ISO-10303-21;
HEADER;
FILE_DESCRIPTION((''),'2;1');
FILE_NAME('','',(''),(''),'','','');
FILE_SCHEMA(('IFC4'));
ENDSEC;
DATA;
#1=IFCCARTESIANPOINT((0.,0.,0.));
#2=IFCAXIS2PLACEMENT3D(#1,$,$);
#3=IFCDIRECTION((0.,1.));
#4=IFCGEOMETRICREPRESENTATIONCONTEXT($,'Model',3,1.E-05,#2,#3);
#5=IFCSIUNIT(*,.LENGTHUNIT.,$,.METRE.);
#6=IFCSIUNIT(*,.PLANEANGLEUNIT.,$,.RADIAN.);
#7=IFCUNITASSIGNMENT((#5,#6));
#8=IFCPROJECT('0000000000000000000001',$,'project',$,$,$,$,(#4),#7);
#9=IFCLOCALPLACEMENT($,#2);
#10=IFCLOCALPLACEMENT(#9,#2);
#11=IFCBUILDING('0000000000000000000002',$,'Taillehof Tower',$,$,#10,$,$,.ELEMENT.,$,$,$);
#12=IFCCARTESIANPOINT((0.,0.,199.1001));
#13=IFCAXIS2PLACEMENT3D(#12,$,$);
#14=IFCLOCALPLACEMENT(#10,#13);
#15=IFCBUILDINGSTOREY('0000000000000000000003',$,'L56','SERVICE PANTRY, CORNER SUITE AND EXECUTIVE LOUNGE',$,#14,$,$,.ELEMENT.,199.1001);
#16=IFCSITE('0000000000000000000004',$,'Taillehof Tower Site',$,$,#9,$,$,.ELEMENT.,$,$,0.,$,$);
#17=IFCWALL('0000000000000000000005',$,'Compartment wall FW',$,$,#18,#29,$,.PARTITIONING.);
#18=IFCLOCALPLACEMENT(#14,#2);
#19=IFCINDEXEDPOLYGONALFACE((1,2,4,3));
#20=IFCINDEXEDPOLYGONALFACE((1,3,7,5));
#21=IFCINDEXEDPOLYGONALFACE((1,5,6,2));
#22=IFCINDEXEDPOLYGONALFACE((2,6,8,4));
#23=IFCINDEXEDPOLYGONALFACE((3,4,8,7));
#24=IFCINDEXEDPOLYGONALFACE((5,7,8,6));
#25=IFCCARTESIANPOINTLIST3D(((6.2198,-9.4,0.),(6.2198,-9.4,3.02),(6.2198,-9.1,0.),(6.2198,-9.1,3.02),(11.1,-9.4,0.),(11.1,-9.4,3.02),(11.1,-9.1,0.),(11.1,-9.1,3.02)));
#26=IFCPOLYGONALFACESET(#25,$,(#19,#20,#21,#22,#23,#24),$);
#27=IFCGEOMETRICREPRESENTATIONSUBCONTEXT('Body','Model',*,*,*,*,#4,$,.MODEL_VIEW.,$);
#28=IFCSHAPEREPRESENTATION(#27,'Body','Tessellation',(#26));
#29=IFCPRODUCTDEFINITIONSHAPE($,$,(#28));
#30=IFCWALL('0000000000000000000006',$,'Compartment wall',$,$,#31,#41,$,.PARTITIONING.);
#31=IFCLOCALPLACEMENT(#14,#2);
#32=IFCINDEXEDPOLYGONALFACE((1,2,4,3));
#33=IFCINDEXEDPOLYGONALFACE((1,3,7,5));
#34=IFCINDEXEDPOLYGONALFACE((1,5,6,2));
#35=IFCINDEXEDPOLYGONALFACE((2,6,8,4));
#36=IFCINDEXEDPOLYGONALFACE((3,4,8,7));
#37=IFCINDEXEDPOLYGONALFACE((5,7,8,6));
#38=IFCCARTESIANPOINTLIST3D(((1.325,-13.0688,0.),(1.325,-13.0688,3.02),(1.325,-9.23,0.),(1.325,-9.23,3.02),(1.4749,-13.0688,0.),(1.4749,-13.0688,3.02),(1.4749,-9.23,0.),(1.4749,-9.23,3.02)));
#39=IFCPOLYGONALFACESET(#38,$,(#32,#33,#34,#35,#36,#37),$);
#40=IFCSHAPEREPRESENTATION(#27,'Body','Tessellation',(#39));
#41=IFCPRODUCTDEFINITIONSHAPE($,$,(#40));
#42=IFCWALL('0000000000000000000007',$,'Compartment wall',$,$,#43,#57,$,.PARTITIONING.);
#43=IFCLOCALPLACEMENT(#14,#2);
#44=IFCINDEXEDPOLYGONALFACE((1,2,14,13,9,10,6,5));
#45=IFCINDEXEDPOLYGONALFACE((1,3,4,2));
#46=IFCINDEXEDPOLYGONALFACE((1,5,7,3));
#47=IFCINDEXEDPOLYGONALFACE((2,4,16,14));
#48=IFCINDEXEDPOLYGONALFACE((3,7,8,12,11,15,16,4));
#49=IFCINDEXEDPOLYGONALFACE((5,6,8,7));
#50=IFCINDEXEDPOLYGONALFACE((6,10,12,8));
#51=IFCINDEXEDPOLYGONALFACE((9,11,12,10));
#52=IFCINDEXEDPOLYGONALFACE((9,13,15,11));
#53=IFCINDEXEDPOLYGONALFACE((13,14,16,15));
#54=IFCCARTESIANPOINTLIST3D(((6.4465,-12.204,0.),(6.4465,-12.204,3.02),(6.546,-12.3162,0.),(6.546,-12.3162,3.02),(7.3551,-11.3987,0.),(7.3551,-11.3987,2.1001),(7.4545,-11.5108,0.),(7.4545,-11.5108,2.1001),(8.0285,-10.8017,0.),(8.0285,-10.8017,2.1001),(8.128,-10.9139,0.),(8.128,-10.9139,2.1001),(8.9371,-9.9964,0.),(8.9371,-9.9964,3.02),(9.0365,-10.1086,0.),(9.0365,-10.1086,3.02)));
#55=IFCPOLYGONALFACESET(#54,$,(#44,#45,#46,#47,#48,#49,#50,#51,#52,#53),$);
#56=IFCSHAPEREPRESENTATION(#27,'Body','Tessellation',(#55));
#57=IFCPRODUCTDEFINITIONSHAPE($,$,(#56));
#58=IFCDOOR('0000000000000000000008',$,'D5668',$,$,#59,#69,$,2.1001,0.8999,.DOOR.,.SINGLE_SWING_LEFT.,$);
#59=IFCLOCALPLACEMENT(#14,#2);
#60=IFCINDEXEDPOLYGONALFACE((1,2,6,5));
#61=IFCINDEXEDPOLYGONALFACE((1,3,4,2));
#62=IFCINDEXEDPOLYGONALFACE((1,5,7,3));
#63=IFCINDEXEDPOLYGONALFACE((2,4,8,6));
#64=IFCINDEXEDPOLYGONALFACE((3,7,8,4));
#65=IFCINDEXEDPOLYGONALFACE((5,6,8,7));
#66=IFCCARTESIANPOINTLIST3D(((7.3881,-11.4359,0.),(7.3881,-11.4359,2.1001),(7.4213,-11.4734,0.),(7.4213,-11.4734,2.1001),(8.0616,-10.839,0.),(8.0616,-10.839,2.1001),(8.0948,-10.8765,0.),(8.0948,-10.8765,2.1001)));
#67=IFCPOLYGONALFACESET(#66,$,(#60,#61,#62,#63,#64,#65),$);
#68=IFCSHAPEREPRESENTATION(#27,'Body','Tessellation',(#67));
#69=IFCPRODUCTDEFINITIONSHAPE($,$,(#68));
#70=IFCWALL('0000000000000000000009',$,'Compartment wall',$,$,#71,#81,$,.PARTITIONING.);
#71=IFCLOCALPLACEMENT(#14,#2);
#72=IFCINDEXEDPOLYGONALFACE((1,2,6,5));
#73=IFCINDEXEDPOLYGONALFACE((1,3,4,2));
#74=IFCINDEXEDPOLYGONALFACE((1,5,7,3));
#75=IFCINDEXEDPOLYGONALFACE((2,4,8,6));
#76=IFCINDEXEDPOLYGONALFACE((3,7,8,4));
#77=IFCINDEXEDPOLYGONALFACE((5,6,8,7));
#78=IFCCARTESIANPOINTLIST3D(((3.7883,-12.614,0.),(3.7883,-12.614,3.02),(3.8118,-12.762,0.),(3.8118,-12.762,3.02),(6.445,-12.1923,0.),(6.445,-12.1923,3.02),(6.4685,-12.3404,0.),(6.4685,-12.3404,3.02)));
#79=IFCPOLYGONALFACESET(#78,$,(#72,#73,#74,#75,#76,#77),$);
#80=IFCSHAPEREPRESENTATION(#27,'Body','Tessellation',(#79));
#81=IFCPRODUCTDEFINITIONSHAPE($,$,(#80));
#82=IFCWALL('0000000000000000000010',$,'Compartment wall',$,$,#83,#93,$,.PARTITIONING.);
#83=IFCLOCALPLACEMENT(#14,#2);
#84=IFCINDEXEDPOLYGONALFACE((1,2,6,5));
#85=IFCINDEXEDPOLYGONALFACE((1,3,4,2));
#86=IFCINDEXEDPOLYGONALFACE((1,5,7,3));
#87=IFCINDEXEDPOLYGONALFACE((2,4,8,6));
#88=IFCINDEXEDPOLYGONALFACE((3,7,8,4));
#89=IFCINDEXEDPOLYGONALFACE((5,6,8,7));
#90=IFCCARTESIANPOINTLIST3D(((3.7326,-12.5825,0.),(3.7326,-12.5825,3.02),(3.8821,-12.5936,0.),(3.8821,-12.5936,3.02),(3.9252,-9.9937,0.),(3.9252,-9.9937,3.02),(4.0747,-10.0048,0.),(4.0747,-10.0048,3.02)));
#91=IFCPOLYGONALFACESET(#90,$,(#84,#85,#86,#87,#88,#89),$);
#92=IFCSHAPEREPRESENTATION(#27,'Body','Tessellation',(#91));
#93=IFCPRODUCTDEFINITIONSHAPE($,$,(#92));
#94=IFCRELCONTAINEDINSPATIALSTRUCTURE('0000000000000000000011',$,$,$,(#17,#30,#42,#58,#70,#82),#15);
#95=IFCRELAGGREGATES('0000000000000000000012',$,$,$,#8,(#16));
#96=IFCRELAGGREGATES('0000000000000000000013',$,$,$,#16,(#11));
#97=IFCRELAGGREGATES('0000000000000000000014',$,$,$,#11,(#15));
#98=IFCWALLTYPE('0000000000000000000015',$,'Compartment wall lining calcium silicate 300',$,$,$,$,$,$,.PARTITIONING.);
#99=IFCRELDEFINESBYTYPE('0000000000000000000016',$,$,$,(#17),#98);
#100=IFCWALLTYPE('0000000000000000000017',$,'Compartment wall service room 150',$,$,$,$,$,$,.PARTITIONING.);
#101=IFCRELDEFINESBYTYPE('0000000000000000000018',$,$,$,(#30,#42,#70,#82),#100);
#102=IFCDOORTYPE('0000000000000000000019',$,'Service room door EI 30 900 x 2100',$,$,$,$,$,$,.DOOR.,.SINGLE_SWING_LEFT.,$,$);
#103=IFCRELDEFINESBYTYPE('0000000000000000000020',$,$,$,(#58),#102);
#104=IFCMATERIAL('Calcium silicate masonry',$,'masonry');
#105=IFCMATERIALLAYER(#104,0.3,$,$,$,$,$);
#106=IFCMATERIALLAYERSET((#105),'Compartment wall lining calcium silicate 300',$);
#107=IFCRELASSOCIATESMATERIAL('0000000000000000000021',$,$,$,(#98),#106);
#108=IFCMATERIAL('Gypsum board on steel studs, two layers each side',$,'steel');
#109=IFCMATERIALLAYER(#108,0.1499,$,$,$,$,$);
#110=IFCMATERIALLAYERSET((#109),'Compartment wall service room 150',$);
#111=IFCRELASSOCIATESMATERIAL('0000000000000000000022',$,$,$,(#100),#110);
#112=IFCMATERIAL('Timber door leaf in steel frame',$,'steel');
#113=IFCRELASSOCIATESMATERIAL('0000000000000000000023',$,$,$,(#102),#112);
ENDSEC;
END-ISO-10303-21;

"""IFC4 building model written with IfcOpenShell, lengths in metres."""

from ifc_helpers import new_model, si_unit, direction, frame, frame_2d, origin, place, context, subcontext, project, spatial, rectangle, extrude, material, layer, layer_set, type_object, element, fill, save


model = new_model("IFC4")

# Units and contexts
model_context = context("Model", 3, precision=1e-05, world=origin(), true_north=direction((0.0, 1.0)))
body_context = subcontext(model_context, "Body", "Model", "MODEL_VIEW")
ifc_project = project(units=[si_unit("LENGTHUNIT", "METRE"), si_unit("PLANEANGLEUNIT", "RADIAN")], contexts=[model_context])

# Site, building, storey
site_placement = place(None, origin())
site = spatial("IfcSite", under=ifc_project, at=site_placement, Name="Taillehof Tower Site", CompositionType="ELEMENT", RefElevation=0.0)
building_placement = place(site_placement, origin())
building = spatial("IfcBuilding", under=site, at=building_placement, Name="Taillehof Tower", CompositionType="ELEMENT")
storey_placement = place(building_placement, frame((0.0, 0.0, 199.1001)))
storey = spatial("IfcBuildingStorey", under=building, at=storey_placement, Name="L56", Description="SERVICE PANTRY, CORNER SUITE AND EXECUTIVE LOUNGE", CompositionType="ELEMENT", Elevation=199.1001)

# Walls
ifc_material_1 = material(Name="Calcium silicate masonry", Category="masonry")
ifc_layer_1 = layer(ifc_material_1, 0.3)
ifc_layer_set_1 = layer_set([ifc_layer_1], Name="Compartment wall lining calcium silicate 300")
wall_type_1 = type_object("IfcWallType", Name="Compartment wall lining calcium silicate 300", PredefinedType="PARTITIONING", material=ifc_layer_set_1)
wall_1_placement = place(storey_placement, frame((6.22, -9.25, 0.0), z_axis=(0.0, 0.0, 1.0), x_axis=(1.0, 0.0, 0.0)))
element("IfcWall", 1, at=wall_1_placement, inside=storey, type_object=wall_type_1, Name="Compartment wall FW", PredefinedType="PARTITIONING", context=body_context, shape_type="SweptSolid", body=[
    extrude(rectangle(XDim=4.8801, YDim=0.3, at=frame_2d((2.4399, 0.0))), origin(), (0.0, 0.0, 1.0), 3.02),
])
ifc_material_2 = material(Name="Gypsum board on steel studs, two layers each side", Category="steel")
ifc_layer_2 = layer(ifc_material_2, 0.1499)
ifc_layer_set_2 = layer_set([ifc_layer_2], Name="Compartment wall service room 150")
wall_type_2 = type_object("IfcWallType", Name="Compartment wall service room 150", PredefinedType="PARTITIONING", material=ifc_layer_set_2)
wall_2_placement = place(storey_placement, frame((1.3999, -9.23, 0.0), z_axis=(0.0, 0.0, 1.0), x_axis=(0.0, -1.0, 0.0)))
element("IfcWall", 2, at=wall_2_placement, inside=storey, type_object=wall_type_2, Name="Compartment wall", PredefinedType="PARTITIONING", context=body_context, shape_type="SweptSolid", body=[
    extrude(rectangle(XDim=3.8389, YDim=0.1499, at=frame_2d((1.9194, 0.0))), origin(), (0.0, 0.0, 1.0), 3.02),
])

# Wall, opening, door
wall_3_placement = place(storey_placement, frame((8.9868, -10.0525, 0.0), z_axis=(0.0, 0.0, 1.0), x_axis=(-0.748339, -0.663316, 0.0)))
wall_3 = element("IfcWall", 3, at=wall_3_placement, inside=storey, type_object=wall_type_2, Name="Compartment wall", PredefinedType="PARTITIONING", context=body_context, shape_type="SweptSolid", body=[
    extrude(rectangle(XDim=3.3281, YDim=0.1499, at=frame_2d((1.6641, 0.0))), origin(), (0.0, 0.0, 1.0), 3.02),
])
opening_1_placement = place(wall_3_placement, frame((1.2141, 0.0, 0.0)))
opening_1 = element("IfcOpeningElement", 4, at=opening_1_placement, cuts=wall_3, PredefinedType="OPENING", context=body_context, shape_type="SweptSolid", body=[
    extrude(rectangle(XDim=0.8999, YDim=2.1001, at=frame_2d((0.45, 1.05))), frame((0.0, 0.085, 0.0), z_axis=(0.0, -1.0, 0.0), x_axis=(1.0, 0.0, 0.0)), (0.0, 0.0, 1.0), 0.1699),
])
ifc_material_3 = material(Name="Timber door leaf in steel frame", Category="steel")
door_type_1 = type_object("IfcDoorType", Name="Service room door EI 30 900 x 2100", OperationType="SINGLE_SWING_LEFT", PredefinedType="DOOR", material=ifc_material_3)
door_1_placement = place(opening_1_placement, origin())
door_1 = element("IfcDoor", 5, at=door_1_placement, inside=storey, type_object=door_type_1, Name="D5668", OperationType="SINGLE_SWING_LEFT", OverallHeight=2.1001, OverallWidth=0.8999, PredefinedType="DOOR", context=body_context, shape_type="SweptSolid", body=[
    extrude(rectangle(XDim=0.8999, YDim=2.1001, at=frame_2d((0.45, 1.05))), frame((0.0, 0.0249, 0.0), z_axis=(0.0, -1.0, 0.0), x_axis=(1.0, 0.0, 0.0)), (0.0, 0.0, 1.0), 0.05),
])
fill(opening_1, door_1)

# Walls
wall_4_placement = place(storey_placement, frame((6.4568, -12.2664, 0.0), z_axis=(0.0, 0.0, 1.0), x_axis=(-0.98764, -0.156741, 0.0)))
element("IfcWall", 6, at=wall_4_placement, inside=storey, type_object=wall_type_2, Name="Compartment wall", PredefinedType="PARTITIONING", context=body_context, shape_type="SweptSolid", body=[
    extrude(rectangle(XDim=2.6899, YDim=0.1499, at=frame_2d((1.345, 0.0))), origin(), (0.0, 0.0, 1.0), 3.02),
])
wall_5_placement = place(storey_placement, frame((3.8074, -12.5879, 0.0), z_axis=(0.0, 0.0, 1.0), x_axis=(0.074201, 0.997243, 0.0)))
element("IfcWall", 7, at=wall_5_placement, inside=storey, type_object=wall_type_2, Name="Compartment wall", PredefinedType="PARTITIONING", context=body_context, shape_type="SweptSolid", body=[
    extrude(rectangle(XDim=2.5959, YDim=0.1499, at=frame_2d((1.2979, 0.0))), origin(), (0.0, 0.0, 1.0), 3.02),
])

save(model, "model.ifc")
